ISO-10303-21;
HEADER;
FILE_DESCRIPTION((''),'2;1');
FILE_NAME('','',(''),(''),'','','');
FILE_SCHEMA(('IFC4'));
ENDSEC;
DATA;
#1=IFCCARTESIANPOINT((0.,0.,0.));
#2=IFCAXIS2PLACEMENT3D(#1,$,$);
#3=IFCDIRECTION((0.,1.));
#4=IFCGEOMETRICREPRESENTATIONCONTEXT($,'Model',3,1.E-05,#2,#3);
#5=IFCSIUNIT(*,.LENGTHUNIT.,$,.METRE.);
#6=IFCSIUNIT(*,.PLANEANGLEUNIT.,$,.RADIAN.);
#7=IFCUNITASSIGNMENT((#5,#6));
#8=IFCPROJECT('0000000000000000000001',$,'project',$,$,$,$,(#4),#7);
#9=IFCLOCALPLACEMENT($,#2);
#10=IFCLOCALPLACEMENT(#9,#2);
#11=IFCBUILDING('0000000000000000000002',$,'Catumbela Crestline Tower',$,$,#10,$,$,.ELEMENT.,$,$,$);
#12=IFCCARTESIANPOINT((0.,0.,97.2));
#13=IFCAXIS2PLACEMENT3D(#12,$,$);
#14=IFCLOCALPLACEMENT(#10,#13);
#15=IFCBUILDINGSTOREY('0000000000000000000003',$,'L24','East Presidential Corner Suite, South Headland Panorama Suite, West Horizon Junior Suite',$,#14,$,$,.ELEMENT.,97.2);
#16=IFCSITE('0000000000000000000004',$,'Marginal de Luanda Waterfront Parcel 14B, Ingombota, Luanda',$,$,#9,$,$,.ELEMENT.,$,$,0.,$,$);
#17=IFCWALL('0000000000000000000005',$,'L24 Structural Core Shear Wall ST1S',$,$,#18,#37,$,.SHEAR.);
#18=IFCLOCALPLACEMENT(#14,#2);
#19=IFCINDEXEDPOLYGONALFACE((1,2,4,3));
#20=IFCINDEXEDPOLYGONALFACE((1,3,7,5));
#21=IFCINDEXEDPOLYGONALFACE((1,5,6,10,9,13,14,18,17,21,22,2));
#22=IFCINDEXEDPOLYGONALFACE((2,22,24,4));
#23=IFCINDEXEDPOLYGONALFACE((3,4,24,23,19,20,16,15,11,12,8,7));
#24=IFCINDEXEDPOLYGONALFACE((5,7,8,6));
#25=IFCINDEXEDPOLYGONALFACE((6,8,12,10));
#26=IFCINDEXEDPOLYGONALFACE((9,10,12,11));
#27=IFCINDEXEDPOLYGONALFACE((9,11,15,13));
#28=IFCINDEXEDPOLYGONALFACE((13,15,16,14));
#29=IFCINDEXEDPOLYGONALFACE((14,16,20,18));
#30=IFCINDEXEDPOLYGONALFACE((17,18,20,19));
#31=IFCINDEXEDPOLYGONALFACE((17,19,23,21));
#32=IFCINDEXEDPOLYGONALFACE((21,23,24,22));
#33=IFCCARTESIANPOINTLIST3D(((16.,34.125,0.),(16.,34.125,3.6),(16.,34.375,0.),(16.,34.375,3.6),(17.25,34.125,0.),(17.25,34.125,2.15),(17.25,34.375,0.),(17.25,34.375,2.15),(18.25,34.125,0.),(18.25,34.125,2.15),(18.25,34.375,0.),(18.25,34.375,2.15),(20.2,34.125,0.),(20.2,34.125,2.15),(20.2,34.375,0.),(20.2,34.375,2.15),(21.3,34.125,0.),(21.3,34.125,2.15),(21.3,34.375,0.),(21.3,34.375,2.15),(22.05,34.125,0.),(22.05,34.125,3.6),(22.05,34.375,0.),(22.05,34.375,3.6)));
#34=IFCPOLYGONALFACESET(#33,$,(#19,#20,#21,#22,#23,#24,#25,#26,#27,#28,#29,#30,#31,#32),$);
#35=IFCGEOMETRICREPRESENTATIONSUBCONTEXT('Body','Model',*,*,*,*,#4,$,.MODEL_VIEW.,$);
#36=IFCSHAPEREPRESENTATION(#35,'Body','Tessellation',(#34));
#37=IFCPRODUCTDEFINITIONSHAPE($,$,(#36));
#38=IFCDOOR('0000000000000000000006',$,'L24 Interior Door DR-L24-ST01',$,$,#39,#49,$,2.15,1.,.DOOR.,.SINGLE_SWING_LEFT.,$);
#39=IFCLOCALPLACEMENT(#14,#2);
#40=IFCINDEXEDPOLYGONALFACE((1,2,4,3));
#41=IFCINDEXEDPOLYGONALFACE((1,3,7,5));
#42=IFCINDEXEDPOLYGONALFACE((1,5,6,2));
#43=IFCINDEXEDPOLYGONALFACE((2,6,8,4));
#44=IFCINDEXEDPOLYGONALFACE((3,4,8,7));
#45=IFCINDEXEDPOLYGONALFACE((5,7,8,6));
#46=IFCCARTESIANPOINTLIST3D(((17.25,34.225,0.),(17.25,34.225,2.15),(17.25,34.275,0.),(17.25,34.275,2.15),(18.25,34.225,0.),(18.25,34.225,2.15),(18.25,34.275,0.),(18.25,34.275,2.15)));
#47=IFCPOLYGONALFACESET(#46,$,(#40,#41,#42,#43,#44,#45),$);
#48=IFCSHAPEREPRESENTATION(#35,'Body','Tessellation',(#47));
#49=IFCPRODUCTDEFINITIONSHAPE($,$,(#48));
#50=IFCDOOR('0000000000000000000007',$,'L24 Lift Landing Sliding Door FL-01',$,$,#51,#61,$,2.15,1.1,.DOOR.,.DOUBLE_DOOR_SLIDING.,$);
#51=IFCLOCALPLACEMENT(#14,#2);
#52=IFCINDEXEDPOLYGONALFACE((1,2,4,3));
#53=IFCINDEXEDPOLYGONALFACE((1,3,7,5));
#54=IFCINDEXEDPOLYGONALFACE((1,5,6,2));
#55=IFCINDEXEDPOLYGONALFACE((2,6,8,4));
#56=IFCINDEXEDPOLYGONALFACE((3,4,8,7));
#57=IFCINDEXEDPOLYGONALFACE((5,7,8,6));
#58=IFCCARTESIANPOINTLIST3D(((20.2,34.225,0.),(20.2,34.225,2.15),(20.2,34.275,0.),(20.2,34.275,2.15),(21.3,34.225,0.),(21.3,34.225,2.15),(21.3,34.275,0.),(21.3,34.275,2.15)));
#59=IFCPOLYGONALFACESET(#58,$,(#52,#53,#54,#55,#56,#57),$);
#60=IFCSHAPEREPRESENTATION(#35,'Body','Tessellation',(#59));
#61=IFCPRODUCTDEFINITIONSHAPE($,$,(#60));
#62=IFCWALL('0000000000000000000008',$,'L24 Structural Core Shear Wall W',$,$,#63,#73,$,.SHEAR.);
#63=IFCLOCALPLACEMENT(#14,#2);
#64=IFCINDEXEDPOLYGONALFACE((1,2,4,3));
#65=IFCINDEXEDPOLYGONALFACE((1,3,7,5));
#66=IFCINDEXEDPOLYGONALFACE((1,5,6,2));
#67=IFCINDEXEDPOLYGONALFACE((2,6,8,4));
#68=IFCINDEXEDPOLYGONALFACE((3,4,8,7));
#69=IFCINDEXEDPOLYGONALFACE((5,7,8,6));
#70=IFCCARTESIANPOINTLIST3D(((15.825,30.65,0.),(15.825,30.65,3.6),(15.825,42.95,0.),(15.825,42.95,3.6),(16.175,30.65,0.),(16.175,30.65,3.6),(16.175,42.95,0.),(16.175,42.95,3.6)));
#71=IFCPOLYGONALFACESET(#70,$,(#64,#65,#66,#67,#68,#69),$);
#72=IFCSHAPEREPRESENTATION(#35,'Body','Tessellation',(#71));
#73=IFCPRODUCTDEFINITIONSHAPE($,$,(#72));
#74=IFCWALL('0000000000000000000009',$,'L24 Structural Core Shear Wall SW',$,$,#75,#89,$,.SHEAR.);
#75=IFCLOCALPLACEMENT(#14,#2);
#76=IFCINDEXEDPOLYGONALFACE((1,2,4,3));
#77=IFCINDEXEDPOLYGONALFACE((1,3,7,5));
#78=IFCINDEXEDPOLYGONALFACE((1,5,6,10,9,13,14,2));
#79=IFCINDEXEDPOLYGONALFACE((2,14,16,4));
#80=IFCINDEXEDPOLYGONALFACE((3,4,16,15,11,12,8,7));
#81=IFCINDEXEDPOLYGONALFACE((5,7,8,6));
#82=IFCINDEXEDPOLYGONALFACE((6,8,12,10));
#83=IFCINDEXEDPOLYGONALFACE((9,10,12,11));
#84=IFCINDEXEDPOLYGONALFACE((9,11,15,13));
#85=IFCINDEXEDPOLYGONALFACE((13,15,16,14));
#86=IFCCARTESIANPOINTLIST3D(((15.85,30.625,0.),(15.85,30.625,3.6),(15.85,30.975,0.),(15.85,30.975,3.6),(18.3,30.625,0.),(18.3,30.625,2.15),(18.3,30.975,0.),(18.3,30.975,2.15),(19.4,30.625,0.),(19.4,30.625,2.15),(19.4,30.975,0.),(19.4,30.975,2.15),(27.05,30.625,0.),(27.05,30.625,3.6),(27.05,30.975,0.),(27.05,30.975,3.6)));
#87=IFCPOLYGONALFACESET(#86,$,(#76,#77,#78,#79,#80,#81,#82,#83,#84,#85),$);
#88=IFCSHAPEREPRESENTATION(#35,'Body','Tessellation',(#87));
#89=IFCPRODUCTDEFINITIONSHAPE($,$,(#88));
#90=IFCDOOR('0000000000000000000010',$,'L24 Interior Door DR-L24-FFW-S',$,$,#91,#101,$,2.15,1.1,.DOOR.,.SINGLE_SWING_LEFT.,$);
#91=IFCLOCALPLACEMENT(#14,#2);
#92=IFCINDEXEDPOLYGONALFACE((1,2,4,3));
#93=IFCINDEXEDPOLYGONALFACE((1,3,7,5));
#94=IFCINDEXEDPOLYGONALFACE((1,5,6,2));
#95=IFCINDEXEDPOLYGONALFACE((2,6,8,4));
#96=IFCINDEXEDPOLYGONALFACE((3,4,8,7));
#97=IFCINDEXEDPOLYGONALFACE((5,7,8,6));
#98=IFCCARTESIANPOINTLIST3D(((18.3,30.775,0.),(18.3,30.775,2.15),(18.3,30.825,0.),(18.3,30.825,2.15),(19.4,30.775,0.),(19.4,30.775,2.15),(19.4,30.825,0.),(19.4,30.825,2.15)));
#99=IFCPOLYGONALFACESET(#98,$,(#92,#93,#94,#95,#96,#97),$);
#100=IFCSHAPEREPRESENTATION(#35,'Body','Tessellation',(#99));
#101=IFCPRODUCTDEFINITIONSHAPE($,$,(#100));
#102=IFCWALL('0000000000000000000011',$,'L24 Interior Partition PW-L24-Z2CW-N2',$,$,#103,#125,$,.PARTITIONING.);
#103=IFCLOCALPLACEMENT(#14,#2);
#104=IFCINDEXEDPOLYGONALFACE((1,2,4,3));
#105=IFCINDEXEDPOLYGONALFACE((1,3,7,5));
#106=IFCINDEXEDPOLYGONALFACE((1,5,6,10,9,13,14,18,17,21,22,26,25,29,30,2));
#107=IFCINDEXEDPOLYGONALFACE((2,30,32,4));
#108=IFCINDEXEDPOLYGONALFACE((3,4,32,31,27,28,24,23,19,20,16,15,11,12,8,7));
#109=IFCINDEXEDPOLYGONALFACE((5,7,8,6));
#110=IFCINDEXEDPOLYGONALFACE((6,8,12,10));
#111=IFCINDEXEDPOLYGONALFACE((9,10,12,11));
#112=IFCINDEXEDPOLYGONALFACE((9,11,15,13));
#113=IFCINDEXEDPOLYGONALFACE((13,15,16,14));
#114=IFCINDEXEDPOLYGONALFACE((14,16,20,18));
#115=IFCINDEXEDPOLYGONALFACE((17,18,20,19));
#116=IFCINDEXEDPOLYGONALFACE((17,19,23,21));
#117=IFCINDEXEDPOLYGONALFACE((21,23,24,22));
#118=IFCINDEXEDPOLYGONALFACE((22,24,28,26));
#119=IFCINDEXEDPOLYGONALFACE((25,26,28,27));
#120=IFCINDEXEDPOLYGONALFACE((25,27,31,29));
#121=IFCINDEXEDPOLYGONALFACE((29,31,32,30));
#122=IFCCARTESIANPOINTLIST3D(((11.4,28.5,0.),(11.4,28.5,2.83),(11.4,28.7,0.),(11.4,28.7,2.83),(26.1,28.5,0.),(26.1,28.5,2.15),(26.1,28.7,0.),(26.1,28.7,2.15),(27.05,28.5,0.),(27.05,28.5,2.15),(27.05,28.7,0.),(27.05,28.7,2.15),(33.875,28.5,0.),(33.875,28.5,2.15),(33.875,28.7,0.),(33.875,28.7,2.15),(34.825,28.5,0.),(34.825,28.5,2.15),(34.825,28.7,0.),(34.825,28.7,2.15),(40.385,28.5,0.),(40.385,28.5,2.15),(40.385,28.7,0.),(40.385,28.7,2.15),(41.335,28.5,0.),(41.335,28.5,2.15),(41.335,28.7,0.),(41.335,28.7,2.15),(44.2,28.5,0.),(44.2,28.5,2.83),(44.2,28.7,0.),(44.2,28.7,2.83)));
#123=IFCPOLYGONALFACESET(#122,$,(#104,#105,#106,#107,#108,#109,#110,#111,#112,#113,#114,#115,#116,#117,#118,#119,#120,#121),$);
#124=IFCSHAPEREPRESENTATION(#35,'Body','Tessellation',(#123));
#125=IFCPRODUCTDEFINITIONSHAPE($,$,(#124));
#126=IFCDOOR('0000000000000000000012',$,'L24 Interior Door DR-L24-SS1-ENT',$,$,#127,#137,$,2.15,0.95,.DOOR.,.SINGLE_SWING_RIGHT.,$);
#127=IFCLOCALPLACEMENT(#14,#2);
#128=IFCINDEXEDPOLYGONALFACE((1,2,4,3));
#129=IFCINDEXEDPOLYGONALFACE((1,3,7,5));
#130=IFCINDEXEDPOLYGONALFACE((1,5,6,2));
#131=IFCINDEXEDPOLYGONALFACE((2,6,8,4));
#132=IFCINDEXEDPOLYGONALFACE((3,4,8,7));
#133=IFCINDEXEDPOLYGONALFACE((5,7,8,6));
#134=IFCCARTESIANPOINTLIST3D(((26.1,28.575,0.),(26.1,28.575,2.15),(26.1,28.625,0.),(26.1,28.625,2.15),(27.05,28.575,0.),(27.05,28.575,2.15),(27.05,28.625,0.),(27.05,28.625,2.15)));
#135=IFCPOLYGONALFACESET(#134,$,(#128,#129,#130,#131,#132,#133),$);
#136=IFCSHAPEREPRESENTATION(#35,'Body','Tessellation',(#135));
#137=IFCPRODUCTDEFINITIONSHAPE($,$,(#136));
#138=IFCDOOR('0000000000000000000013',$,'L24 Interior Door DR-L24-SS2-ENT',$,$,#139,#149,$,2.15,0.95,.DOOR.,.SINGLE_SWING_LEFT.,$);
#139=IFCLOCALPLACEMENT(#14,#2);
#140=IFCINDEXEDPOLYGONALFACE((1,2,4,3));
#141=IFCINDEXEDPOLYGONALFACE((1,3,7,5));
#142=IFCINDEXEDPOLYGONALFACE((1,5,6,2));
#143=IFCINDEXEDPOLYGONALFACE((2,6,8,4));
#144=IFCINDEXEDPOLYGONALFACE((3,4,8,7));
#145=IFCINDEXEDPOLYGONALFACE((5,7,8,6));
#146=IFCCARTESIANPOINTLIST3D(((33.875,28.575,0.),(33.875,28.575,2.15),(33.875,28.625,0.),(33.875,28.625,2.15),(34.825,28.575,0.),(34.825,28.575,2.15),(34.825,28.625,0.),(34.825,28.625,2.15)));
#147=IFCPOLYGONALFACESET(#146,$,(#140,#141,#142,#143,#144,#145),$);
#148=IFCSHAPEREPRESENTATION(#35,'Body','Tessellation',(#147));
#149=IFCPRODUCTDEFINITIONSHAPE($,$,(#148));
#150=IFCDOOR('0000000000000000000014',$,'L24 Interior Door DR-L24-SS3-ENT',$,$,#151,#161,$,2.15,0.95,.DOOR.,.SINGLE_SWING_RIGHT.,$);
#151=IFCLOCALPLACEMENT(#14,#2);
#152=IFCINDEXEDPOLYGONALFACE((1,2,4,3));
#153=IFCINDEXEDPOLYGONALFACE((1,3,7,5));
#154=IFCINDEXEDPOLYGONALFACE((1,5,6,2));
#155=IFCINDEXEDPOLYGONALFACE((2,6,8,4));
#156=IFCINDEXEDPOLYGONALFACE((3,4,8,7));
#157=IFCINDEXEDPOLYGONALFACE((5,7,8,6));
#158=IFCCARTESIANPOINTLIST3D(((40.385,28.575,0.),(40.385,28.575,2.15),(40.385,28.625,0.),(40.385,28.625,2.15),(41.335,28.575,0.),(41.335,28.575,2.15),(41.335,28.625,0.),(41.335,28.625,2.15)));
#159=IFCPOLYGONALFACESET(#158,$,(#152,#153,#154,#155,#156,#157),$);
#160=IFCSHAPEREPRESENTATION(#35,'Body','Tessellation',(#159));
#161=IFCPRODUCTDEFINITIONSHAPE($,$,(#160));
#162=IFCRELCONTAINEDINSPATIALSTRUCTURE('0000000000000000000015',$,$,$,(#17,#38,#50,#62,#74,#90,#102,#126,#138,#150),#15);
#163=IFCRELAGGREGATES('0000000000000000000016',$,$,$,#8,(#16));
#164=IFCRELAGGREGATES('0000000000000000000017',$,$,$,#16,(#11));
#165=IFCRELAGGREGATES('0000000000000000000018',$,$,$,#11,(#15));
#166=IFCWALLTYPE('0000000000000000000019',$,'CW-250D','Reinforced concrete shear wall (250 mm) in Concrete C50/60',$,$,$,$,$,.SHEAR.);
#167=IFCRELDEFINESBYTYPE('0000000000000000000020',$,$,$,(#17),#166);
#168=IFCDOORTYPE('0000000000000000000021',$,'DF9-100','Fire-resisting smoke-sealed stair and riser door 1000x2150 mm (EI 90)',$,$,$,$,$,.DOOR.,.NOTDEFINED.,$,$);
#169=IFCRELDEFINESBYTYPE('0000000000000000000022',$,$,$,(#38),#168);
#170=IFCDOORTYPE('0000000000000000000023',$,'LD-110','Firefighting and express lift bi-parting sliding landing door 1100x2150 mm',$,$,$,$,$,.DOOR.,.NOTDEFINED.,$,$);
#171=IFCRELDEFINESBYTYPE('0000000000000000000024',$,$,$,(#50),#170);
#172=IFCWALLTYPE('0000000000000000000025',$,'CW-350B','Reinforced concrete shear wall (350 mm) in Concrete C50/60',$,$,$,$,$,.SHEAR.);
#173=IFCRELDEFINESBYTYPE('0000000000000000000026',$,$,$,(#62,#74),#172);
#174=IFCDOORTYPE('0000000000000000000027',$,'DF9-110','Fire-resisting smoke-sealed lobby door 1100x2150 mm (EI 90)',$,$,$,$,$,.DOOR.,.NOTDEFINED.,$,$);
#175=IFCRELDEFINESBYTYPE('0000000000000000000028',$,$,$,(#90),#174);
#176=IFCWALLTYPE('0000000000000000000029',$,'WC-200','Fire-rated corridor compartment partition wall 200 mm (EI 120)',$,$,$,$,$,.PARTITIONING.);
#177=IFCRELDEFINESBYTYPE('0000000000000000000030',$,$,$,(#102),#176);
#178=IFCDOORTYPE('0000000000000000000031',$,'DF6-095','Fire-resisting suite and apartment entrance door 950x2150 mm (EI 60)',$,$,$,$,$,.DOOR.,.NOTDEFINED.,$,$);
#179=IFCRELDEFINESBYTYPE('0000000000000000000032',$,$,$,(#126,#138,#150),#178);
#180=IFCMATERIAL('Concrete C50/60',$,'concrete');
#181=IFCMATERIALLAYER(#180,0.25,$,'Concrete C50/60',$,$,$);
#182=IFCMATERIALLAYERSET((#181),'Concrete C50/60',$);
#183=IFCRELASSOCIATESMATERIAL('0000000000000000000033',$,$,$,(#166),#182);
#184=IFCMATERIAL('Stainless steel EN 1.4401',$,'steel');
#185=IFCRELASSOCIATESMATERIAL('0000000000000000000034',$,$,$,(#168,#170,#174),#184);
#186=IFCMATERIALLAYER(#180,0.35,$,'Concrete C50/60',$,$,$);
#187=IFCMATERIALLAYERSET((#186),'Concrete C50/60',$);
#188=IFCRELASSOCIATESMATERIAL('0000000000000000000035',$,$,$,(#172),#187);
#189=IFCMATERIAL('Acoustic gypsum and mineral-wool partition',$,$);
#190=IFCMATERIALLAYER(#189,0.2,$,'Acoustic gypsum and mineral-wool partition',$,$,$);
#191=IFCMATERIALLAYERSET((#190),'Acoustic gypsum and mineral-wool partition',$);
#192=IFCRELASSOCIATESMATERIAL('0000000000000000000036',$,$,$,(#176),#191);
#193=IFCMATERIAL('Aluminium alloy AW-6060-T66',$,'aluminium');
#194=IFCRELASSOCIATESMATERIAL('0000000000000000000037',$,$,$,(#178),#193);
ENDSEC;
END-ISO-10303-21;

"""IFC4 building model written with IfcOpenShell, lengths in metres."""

from ifc_helpers import new_model, si_unit, direction, frame, frame_2d, origin, place, context, subcontext, project, spatial, rectangle, extrude, material, layer, layer_set, type_object, element, fill, save


model = new_model("IFC4")

# Units and contexts
model_context = context("Model", 3, precision=1e-05, world=origin(), true_north=direction((0.0, 1.0)))
body_context = subcontext(model_context, "Body", "Model", "MODEL_VIEW")
ifc_project = project(units=[si_unit("LENGTHUNIT", "METRE"), si_unit("PLANEANGLEUNIT", "RADIAN")], contexts=[model_context])

# Site, building, storey
site_placement = place(None, origin())
site = spatial("IfcSite", under=ifc_project, at=site_placement, Name="Marginal de Luanda Waterfront Parcel 14B, Ingombota, Luanda", CompositionType="ELEMENT", RefElevation=0.0)
building_placement = place(site_placement, origin())
building = spatial("IfcBuilding", under=site, at=building_placement, Name="Catumbela Crestline Tower", CompositionType="ELEMENT")
storey_placement = place(building_placement, frame((0.0, 0.0, 97.2)))
storey = spatial("IfcBuildingStorey", under=building, at=storey_placement, Name="L24", Description="East Presidential Corner Suite, South Headland Panorama Suite, West Horizon Junior Suite", CompositionType="ELEMENT", Elevation=97.2)

# Shared definitions
ifc_material_1 = material(Name="Concrete C50/60", Category="concrete")

# Wall, openings, doors
ifc_layer_1 = layer(ifc_material_1, 0.25, Name="Concrete C50/60")
ifc_layer_set_1 = layer_set([ifc_layer_1], Name="Concrete C50/60")
wall_type_1 = type_object("IfcWallType", Name="CW-250D", Description="Reinforced concrete shear wall (250 mm) in Concrete C50/60", PredefinedType="SHEAR", material=ifc_layer_set_1)
wall_1_placement = place(storey_placement, frame((16.0, 34.25, 0.0), z_axis=(0.0, 0.0, 1.0), x_axis=(1.0, 0.0, 0.0)))
wall_1 = element("IfcWall", 1, at=wall_1_placement, inside=storey, type_object=wall_type_1, Name="L24 Structural Core Shear Wall ST1S", PredefinedType="SHEAR", context=body_context, shape_type="SweptSolid", body=[
    extrude(rectangle(XDim=6.05, YDim=0.25, at=frame_2d((3.025, 0.0))), origin(), (0.0, 0.0, 1.0), 3.6),
])
opening_1_placement = place(wall_1_placement, frame((1.25, 0.0, 0.0)))
opening_1 = element("IfcOpeningElement", 2, at=opening_1_placement, cuts=wall_1, PredefinedType="OPENING", context=body_context, shape_type="SweptSolid", body=[
    extrude(rectangle(XDim=1.0, YDim=2.15, at=frame_2d((0.5, 1.075))), frame((0.0, 0.135, 0.0), z_axis=(0.0, -1.0, 0.0), x_axis=(1.0, 0.0, 0.0)), (0.0, 0.0, 1.0), 0.27),
])
opening_2_placement = place(wall_1_placement, frame((4.2, 0.0, 0.0)))
opening_2 = element("IfcOpeningElement", 3, at=opening_2_placement, cuts=wall_1, PredefinedType="OPENING", context=body_context, shape_type="SweptSolid", body=[
    extrude(rectangle(XDim=1.1, YDim=2.15, at=frame_2d((0.55, 1.075))), frame((0.0, 0.135, 0.0), z_axis=(0.0, -1.0, 0.0), x_axis=(1.0, 0.0, 0.0)), (0.0, 0.0, 1.0), 0.27),
])
ifc_material_2 = material(Name="Stainless steel EN 1.4401", Category="steel")
door_type_1 = type_object("IfcDoorType", Name="DF9-100", Description="Fire-resisting smoke-sealed stair and riser door 1000x2150 mm (EI 90)", OperationType="NOTDEFINED", PredefinedType="DOOR", material=ifc_material_2)
door_1_placement = place(opening_1_placement, origin())
door_1 = element("IfcDoor", 4, at=door_1_placement, inside=storey, type_object=door_type_1, Name="L24 Interior Door DR-L24-ST01", OperationType="SINGLE_SWING_LEFT", OverallHeight=2.15, OverallWidth=1.0, PredefinedType="DOOR", context=body_context, shape_type="SweptSolid", body=[
    extrude(rectangle(XDim=1.0, YDim=2.15, at=frame_2d((0.5, 1.075))), frame((0.0, 0.025, 0.0), z_axis=(0.0, -1.0, 0.0), x_axis=(1.0, 0.0, 0.0)), (0.0, 0.0, 1.0), 0.05),
])
fill(opening_1, door_1)
door_type_2 = type_object("IfcDoorType", Name="LD-110", Description="Firefighting and express lift bi-parting sliding landing door 1100x2150 mm", OperationType="NOTDEFINED", PredefinedType="DOOR", material=ifc_material_2)
door_2_placement = place(opening_2_placement, origin())
door_2 = element("IfcDoor", 5, at=door_2_placement, inside=storey, type_object=door_type_2, Name="L24 Lift Landing Sliding Door FL-01", OperationType="DOUBLE_DOOR_SLIDING", OverallHeight=2.15, OverallWidth=1.1, PredefinedType="DOOR", context=body_context, shape_type="SweptSolid", body=[
    extrude(rectangle(XDim=1.1, YDim=2.15, at=frame_2d((0.55, 1.075))), frame((0.0, 0.025, 0.0), z_axis=(0.0, -1.0, 0.0), x_axis=(1.0, 0.0, 0.0)), (0.0, 0.0, 1.0), 0.05),
])
fill(opening_2, door_2)

# Wall
ifc_layer_2 = layer(ifc_material_1, 0.35, Name="Concrete C50/60")
ifc_layer_set_2 = layer_set([ifc_layer_2], Name="Concrete C50/60")
wall_type_2 = type_object("IfcWallType", Name="CW-350B", Description="Reinforced concrete shear wall (350 mm) in Concrete C50/60", PredefinedType="SHEAR", material=ifc_layer_set_2)
wall_2_placement = place(storey_placement, frame((16.0, 30.65, 0.0), z_axis=(0.0, 0.0, 1.0), x_axis=(0.0, 1.0, 0.0)))
element("IfcWall", 6, at=wall_2_placement, inside=storey, type_object=wall_type_2, Name="L24 Structural Core Shear Wall W", PredefinedType="SHEAR", context=body_context, shape_type="SweptSolid", body=[
    extrude(rectangle(XDim=12.3, YDim=0.35, at=frame_2d((6.15, 0.0))), origin(), (0.0, 0.0, 1.0), 3.6),
])

# Wall, opening, door
wall_3_placement = place(storey_placement, frame((15.85, 30.8, 0.0), z_axis=(0.0, 0.0, 1.0), x_axis=(1.0, 0.0, 0.0)))
wall_3 = element("IfcWall", 7, at=wall_3_placement, inside=storey, type_object=wall_type_2, Name="L24 Structural Core Shear Wall SW", PredefinedType="SHEAR", context=body_context, shape_type="SweptSolid", body=[
    extrude(rectangle(XDim=11.2, YDim=0.35, at=frame_2d((5.6, 0.0))), origin(), (0.0, 0.0, 1.0), 3.6),
])
opening_3_placement = place(wall_3_placement, frame((2.45, 0.0, 0.0)))
opening_3 = element("IfcOpeningElement", 8, at=opening_3_placement, cuts=wall_3, PredefinedType="OPENING", context=body_context, shape_type="SweptSolid", body=[
    extrude(rectangle(XDim=1.1, YDim=2.15, at=frame_2d((0.55, 1.075))), frame((0.0, 0.185, 0.0), z_axis=(0.0, -1.0, 0.0), x_axis=(1.0, 0.0, 0.0)), (0.0, 0.0, 1.0), 0.37),
])
door_type_3 = type_object("IfcDoorType", Name="DF9-110", Description="Fire-resisting smoke-sealed lobby door 1100x2150 mm (EI 90)", OperationType="NOTDEFINED", PredefinedType="DOOR", material=ifc_material_2)
door_3_placement = place(opening_3_placement, origin())
door_3 = element("IfcDoor", 9, at=door_3_placement, inside=storey, type_object=door_type_3, Name="L24 Interior Door DR-L24-FFW-S", OperationType="SINGLE_SWING_LEFT", OverallHeight=2.15, OverallWidth=1.1, PredefinedType="DOOR", context=body_context, shape_type="SweptSolid", body=[
    extrude(rectangle(XDim=1.1, YDim=2.15, at=frame_2d((0.55, 1.075))), frame((0.0, 0.025, 0.0), z_axis=(0.0, -1.0, 0.0), x_axis=(1.0, 0.0, 0.0)), (0.0, 0.0, 1.0), 0.05),
])
fill(opening_3, door_3)

# Wall, openings, doors
ifc_material_3 = material(Name="Acoustic gypsum and mineral-wool partition")
ifc_layer_3 = layer(ifc_material_3, 0.2, Name="Acoustic gypsum and mineral-wool partition")
ifc_layer_set_3 = layer_set([ifc_layer_3], Name="Acoustic gypsum and mineral-wool partition")
wall_type_3 = type_object("IfcWallType", Name="WC-200", Description="Fire-rated corridor compartment partition wall 200 mm (EI 120)", PredefinedType="PARTITIONING", material=ifc_layer_set_3)
wall_4_placement = place(storey_placement, frame((11.4, 28.6, 0.0), z_axis=(0.0, 0.0, 1.0), x_axis=(1.0, 0.0, 0.0)))
wall_4 = element("IfcWall", 10, at=wall_4_placement, inside=storey, type_object=wall_type_3, Name="L24 Interior Partition PW-L24-Z2CW-N2", PredefinedType="PARTITIONING", context=body_context, shape_type="SweptSolid", body=[
    extrude(rectangle(XDim=32.8, YDim=0.2, at=frame_2d((16.4, 0.0))), origin(), (0.0, 0.0, 1.0), 2.83),
])
opening_4_placement = place(wall_4_placement, frame((14.7, 0.0, 0.0)))
opening_4 = element("IfcOpeningElement", 11, at=opening_4_placement, cuts=wall_4, PredefinedType="OPENING", context=body_context, shape_type="SweptSolid", body=[
    extrude(rectangle(XDim=0.95, YDim=2.15, at=frame_2d((0.475, 1.075))), frame((0.0, 0.11, 0.0), z_axis=(0.0, -1.0, 0.0), x_axis=(1.0, 0.0, 0.0)), (0.0, 0.0, 1.0), 0.22),
])
opening_5_placement = place(wall_4_placement, frame((22.475, 0.0, 0.0)))
opening_5 = element("IfcOpeningElement", 12, at=opening_5_placement, cuts=wall_4, PredefinedType="OPENING", context=body_context, shape_type="SweptSolid", body=[
    extrude(rectangle(XDim=0.95, YDim=2.15, at=frame_2d((0.475, 1.075))), frame((0.0, 0.11, 0.0), z_axis=(0.0, -1.0, 0.0), x_axis=(1.0, 0.0, 0.0)), (0.0, 0.0, 1.0), 0.22),
])
opening_6_placement = place(wall_4_placement, frame((28.985, 0.0, 0.0)))
opening_6 = element("IfcOpeningElement", 13, at=opening_6_placement, cuts=wall_4, PredefinedType="OPENING", context=body_context, shape_type="SweptSolid", body=[
    extrude(rectangle(XDim=0.95, YDim=2.15, at=frame_2d((0.475, 1.075))), frame((0.0, 0.11, 0.0), z_axis=(0.0, -1.0, 0.0), x_axis=(1.0, 0.0, 0.0)), (0.0, 0.0, 1.0), 0.22),
])
ifc_material_4 = material(Name="Aluminium alloy AW-6060-T66", Category="aluminium")
door_type_4 = type_object("IfcDoorType", Name="DF6-095", Description="Fire-resisting suite and apartment entrance door 950x2150 mm (EI 60)", OperationType="NOTDEFINED", PredefinedType="DOOR", material=ifc_material_4)
door_4_placement = place(opening_4_placement, origin())
door_4 = element("IfcDoor", 14, at=door_4_placement, inside=storey, type_object=door_type_4, Name="L24 Interior Door DR-L24-SS1-ENT", OperationType="SINGLE_SWING_RIGHT", OverallHeight=2.15, OverallWidth=0.95, PredefinedType="DOOR", context=body_context, shape_type="SweptSolid", body=[
    extrude(rectangle(XDim=0.95, YDim=2.15, at=frame_2d((0.475, 1.075))), frame((0.0, 0.025, 0.0), z_axis=(0.0, -1.0, 0.0), x_axis=(1.0, 0.0, 0.0)), (0.0, 0.0, 1.0), 0.05),
])
fill(opening_4, door_4)
door_5_placement = place(opening_5_placement, origin())
door_5 = element("IfcDoor", 15, at=door_5_placement, inside=storey, type_object=door_type_4, Name="L24 Interior Door DR-L24-SS2-ENT", OperationType="SINGLE_SWING_LEFT", OverallHeight=2.15, OverallWidth=0.95, PredefinedType="DOOR", context=body_context, shape_type="SweptSolid", body=[
    extrude(rectangle(XDim=0.95, YDim=2.15, at=frame_2d((0.475, 1.075))), frame((0.0, 0.025, 0.0), z_axis=(0.0, -1.0, 0.0), x_axis=(1.0, 0.0, 0.0)), (0.0, 0.0, 1.0), 0.05),
])
fill(opening_5, door_5)
door_6_placement = place(opening_6_placement, origin())
door_6 = element("IfcDoor", 16, at=door_6_placement, inside=storey, type_object=door_type_4, Name="L24 Interior Door DR-L24-SS3-ENT", OperationType="SINGLE_SWING_RIGHT", OverallHeight=2.15, OverallWidth=0.95, PredefinedType="DOOR", context=body_context, shape_type="SweptSolid", body=[
    extrude(rectangle(XDim=0.95, YDim=2.15, at=frame_2d((0.475, 1.075))), frame((0.0, 0.025, 0.0), z_axis=(0.0, -1.0, 0.0), x_axis=(1.0, 0.0, 0.0)), (0.0, 0.0, 1.0), 0.05),
])
fill(opening_6, door_6)

save(model, "model.ifc")
